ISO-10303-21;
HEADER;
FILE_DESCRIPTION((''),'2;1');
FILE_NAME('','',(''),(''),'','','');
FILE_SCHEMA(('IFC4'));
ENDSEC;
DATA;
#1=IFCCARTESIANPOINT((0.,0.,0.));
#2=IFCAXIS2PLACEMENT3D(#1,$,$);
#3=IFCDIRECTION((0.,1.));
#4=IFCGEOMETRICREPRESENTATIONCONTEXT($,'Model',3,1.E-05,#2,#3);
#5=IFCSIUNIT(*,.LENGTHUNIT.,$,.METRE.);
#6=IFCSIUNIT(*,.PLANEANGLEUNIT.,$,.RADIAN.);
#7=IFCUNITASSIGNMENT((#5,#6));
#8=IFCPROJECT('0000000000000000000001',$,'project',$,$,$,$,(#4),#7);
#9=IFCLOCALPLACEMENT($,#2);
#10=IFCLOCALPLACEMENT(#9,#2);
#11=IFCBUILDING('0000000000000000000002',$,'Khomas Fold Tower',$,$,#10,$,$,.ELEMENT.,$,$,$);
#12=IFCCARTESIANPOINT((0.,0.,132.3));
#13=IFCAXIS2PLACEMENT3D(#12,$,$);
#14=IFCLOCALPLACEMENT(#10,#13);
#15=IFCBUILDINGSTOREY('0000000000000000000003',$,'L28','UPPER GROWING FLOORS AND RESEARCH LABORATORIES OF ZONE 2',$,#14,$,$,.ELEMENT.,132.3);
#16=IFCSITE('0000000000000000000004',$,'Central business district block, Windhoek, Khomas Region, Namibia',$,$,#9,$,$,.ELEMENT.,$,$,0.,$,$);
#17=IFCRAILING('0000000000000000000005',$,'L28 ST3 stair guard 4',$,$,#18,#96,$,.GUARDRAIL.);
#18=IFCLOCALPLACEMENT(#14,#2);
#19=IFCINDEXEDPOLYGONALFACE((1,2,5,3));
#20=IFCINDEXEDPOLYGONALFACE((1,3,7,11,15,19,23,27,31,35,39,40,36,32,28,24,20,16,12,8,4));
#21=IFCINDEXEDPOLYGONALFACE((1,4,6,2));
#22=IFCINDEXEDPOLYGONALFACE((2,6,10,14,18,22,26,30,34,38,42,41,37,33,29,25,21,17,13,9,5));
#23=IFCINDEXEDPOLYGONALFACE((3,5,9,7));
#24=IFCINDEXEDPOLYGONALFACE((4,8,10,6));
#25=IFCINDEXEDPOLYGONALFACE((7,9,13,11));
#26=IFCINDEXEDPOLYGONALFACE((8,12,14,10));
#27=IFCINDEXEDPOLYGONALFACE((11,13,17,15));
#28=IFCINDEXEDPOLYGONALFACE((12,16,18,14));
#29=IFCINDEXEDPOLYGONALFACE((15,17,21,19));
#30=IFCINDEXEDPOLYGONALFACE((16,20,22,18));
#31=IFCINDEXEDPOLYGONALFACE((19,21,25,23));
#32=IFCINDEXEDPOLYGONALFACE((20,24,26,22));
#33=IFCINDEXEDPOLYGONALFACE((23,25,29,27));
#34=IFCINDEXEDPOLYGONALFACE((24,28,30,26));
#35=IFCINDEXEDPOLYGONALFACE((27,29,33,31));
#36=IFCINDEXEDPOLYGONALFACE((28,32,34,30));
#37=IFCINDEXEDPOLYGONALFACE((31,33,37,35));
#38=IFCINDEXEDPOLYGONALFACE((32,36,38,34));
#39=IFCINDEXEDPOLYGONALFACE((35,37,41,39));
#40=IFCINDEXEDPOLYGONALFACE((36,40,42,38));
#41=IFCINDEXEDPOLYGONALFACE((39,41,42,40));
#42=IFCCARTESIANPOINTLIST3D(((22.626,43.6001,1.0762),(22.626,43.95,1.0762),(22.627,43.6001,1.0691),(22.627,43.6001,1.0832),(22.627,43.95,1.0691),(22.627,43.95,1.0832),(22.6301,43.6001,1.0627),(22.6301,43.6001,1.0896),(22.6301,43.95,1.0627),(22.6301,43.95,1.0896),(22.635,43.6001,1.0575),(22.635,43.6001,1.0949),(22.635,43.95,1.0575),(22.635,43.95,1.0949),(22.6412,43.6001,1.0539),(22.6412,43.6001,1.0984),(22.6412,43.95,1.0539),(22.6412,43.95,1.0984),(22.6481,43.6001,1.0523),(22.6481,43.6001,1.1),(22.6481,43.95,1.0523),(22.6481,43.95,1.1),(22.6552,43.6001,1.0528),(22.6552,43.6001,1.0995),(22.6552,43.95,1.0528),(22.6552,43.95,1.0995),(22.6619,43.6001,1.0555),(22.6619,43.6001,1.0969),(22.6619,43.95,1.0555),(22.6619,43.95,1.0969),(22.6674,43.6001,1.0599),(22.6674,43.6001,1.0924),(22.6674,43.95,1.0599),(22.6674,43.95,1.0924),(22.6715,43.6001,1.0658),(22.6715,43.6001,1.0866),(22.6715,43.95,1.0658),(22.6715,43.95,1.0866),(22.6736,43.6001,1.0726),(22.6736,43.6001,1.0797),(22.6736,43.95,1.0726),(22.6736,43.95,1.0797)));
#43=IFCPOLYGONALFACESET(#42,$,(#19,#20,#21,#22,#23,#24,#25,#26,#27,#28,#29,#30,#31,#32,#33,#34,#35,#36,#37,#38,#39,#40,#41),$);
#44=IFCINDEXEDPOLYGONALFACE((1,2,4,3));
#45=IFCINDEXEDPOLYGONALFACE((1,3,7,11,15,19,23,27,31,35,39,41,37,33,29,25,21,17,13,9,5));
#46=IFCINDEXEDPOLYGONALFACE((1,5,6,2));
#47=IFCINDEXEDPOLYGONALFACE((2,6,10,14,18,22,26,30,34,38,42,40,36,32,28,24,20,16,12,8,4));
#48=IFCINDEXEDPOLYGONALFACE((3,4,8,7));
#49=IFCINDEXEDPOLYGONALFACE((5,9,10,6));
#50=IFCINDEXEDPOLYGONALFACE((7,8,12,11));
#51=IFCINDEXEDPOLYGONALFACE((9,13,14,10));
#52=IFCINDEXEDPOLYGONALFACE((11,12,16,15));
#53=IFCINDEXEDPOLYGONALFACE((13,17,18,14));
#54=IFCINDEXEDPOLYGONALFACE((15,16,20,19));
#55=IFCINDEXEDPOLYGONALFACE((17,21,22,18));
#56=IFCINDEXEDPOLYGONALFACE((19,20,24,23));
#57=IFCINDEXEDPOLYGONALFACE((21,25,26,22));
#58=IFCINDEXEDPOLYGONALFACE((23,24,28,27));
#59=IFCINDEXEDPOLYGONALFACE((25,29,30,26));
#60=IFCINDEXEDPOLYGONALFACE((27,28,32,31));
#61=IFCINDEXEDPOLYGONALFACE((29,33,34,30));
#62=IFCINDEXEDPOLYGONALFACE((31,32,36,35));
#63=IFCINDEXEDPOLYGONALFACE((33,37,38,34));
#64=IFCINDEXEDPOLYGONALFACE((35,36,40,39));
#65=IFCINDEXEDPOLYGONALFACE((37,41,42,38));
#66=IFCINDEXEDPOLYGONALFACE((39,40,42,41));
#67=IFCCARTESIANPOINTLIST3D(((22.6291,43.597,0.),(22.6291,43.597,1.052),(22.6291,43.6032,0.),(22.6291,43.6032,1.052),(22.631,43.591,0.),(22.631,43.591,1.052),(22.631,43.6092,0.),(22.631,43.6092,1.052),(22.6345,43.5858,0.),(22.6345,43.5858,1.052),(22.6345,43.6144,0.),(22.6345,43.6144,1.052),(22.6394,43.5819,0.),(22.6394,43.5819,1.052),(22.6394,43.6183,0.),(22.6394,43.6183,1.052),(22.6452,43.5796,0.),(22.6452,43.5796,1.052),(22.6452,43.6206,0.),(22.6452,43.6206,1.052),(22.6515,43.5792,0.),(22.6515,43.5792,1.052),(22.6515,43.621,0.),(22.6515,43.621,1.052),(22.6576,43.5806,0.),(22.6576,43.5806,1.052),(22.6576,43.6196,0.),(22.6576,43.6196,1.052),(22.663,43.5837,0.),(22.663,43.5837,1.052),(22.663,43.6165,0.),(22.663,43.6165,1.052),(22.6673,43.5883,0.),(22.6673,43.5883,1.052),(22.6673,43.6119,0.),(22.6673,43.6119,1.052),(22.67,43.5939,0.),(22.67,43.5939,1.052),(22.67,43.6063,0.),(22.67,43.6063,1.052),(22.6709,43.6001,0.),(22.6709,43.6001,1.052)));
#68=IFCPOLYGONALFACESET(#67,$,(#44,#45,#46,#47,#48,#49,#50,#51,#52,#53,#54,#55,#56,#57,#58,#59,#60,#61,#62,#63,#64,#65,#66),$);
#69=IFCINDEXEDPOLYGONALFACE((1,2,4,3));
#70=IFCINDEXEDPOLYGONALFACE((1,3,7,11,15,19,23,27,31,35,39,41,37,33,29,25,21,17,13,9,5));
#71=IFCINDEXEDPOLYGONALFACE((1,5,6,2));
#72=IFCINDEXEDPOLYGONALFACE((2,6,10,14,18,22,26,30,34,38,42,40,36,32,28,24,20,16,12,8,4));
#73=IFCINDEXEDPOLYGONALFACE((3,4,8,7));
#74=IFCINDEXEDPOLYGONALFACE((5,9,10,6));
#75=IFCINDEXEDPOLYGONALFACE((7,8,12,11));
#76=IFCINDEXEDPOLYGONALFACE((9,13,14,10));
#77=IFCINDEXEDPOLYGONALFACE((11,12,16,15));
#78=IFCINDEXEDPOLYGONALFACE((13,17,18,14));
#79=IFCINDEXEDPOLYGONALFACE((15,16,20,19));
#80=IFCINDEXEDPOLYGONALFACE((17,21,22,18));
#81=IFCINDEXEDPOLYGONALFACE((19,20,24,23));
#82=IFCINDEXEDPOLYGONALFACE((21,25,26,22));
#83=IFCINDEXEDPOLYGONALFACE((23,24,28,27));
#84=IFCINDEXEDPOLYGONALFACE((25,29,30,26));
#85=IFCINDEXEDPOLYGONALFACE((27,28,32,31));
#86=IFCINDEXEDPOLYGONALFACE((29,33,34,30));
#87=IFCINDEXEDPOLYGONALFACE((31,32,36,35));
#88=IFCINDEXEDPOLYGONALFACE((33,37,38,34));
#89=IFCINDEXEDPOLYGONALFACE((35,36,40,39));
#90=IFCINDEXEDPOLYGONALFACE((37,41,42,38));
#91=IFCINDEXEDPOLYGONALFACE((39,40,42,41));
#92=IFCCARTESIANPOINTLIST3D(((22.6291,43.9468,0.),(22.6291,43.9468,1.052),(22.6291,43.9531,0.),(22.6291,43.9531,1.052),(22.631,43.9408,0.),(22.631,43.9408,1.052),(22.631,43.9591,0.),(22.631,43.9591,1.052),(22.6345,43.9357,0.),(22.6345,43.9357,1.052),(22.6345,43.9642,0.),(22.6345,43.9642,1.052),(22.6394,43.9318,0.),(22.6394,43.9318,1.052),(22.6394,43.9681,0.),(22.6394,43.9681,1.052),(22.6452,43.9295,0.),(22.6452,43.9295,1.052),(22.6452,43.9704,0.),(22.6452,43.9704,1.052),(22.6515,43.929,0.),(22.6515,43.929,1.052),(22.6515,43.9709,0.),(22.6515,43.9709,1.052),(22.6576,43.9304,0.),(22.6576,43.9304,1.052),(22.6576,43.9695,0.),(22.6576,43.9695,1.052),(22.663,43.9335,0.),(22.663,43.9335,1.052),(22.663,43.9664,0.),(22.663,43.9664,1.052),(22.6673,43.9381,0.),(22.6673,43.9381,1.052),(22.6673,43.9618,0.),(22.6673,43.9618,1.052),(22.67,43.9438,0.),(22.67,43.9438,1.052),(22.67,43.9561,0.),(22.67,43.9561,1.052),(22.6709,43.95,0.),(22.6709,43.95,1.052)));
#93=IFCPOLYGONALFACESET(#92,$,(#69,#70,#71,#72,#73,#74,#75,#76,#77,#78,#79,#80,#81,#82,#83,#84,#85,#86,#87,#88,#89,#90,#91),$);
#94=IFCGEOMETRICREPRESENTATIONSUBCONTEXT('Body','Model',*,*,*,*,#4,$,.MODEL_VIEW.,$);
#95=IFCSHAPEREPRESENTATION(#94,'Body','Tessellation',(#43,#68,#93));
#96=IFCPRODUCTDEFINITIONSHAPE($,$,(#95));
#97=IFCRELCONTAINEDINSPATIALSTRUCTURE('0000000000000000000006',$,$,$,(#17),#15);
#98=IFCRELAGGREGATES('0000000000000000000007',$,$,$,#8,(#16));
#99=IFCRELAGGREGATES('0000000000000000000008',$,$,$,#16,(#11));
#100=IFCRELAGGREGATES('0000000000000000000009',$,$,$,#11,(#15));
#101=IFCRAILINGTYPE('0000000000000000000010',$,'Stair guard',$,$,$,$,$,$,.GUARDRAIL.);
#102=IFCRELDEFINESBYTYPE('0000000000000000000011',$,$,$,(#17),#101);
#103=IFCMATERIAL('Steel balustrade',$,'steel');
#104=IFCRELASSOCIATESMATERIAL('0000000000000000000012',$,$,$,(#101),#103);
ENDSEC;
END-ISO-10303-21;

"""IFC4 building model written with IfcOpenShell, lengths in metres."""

from ifc_helpers import new_model, si_unit, direction, frame, origin, origin_2d, place, context, subcontext, project, spatial, circle, extrude, source, transform, mapped, material, type_object, element, save


model = new_model("IFC4")

# Units and contexts
model_context = context("Model", 3, precision=1e-05, world=origin(), true_north=direction((0.0, 1.0)))
body_context = subcontext(model_context, "Body", "Model", "MODEL_VIEW")
ifc_project = project(units=[si_unit("LENGTHUNIT", "METRE"), si_unit("PLANEANGLEUNIT", "RADIAN")], contexts=[model_context])

# Site, building, storey
site_placement = place(None, origin())
site = spatial("IfcSite", under=ifc_project, at=site_placement, Name="Central business district block, Windhoek, Khomas Region, Namibia", CompositionType="ELEMENT", RefElevation=0.0)
building_placement = place(site_placement, origin())
building = spatial("IfcBuilding", under=site, at=building_placement, Name="Khomas Fold Tower", CompositionType="ELEMENT")
storey_placement = place(building_placement, frame((0.0, 0.0, 132.3)))
storey = spatial("IfcBuildingStorey", under=building, at=storey_placement, Name="L28", Description="UPPER GROWING FLOORS AND RESEARCH LABORATORIES OF ZONE 2", CompositionType="ELEMENT", Elevation=132.3)

# Railing
ifc_material_1 = material(Name="Steel balustrade", Category="steel")
railing_type_1 = type_object("IfcRailingType", Name="Stair guard", PredefinedType="GUARDRAIL", material=ifc_material_1)
shared_shape_1 = source(origin(), body_context, "Body", "SweptSolid", [
    extrude(circle(Radius=0.0239, at=origin_2d()), frame((0.0, 0.0, 1.0762), z_axis=(0.0, 1.0, 0.0), x_axis=(-1.0, 0.0, 0.0)), (0.0, 0.0, 1.0), 0.3499),
    extrude(circle(Radius=0.021, at=origin_2d()), origin(), (0.0, 0.0, 1.0), 1.052),
    extrude(circle(Radius=0.021, at=origin_2d()), frame((0.0, 0.3499, 0.0)), (0.0, 0.0, 1.0), 1.052),
])
for number, where, name in (
    (1, (22.6499, 43.6001, 0.0), "L28 ST3 stair guard 4"),
):
    element("IfcRailing", number, at=place(storey_placement, frame(where)), inside=storey, type_object=railing_type_1, Name=name, PredefinedType="GUARDRAIL", context=body_context, shape_type="MappedRepresentation", body=[
        mapped(shared_shape_1, transform((0.0, 0.0, 0.0))),
    ])

save(model, "model.ifc")
